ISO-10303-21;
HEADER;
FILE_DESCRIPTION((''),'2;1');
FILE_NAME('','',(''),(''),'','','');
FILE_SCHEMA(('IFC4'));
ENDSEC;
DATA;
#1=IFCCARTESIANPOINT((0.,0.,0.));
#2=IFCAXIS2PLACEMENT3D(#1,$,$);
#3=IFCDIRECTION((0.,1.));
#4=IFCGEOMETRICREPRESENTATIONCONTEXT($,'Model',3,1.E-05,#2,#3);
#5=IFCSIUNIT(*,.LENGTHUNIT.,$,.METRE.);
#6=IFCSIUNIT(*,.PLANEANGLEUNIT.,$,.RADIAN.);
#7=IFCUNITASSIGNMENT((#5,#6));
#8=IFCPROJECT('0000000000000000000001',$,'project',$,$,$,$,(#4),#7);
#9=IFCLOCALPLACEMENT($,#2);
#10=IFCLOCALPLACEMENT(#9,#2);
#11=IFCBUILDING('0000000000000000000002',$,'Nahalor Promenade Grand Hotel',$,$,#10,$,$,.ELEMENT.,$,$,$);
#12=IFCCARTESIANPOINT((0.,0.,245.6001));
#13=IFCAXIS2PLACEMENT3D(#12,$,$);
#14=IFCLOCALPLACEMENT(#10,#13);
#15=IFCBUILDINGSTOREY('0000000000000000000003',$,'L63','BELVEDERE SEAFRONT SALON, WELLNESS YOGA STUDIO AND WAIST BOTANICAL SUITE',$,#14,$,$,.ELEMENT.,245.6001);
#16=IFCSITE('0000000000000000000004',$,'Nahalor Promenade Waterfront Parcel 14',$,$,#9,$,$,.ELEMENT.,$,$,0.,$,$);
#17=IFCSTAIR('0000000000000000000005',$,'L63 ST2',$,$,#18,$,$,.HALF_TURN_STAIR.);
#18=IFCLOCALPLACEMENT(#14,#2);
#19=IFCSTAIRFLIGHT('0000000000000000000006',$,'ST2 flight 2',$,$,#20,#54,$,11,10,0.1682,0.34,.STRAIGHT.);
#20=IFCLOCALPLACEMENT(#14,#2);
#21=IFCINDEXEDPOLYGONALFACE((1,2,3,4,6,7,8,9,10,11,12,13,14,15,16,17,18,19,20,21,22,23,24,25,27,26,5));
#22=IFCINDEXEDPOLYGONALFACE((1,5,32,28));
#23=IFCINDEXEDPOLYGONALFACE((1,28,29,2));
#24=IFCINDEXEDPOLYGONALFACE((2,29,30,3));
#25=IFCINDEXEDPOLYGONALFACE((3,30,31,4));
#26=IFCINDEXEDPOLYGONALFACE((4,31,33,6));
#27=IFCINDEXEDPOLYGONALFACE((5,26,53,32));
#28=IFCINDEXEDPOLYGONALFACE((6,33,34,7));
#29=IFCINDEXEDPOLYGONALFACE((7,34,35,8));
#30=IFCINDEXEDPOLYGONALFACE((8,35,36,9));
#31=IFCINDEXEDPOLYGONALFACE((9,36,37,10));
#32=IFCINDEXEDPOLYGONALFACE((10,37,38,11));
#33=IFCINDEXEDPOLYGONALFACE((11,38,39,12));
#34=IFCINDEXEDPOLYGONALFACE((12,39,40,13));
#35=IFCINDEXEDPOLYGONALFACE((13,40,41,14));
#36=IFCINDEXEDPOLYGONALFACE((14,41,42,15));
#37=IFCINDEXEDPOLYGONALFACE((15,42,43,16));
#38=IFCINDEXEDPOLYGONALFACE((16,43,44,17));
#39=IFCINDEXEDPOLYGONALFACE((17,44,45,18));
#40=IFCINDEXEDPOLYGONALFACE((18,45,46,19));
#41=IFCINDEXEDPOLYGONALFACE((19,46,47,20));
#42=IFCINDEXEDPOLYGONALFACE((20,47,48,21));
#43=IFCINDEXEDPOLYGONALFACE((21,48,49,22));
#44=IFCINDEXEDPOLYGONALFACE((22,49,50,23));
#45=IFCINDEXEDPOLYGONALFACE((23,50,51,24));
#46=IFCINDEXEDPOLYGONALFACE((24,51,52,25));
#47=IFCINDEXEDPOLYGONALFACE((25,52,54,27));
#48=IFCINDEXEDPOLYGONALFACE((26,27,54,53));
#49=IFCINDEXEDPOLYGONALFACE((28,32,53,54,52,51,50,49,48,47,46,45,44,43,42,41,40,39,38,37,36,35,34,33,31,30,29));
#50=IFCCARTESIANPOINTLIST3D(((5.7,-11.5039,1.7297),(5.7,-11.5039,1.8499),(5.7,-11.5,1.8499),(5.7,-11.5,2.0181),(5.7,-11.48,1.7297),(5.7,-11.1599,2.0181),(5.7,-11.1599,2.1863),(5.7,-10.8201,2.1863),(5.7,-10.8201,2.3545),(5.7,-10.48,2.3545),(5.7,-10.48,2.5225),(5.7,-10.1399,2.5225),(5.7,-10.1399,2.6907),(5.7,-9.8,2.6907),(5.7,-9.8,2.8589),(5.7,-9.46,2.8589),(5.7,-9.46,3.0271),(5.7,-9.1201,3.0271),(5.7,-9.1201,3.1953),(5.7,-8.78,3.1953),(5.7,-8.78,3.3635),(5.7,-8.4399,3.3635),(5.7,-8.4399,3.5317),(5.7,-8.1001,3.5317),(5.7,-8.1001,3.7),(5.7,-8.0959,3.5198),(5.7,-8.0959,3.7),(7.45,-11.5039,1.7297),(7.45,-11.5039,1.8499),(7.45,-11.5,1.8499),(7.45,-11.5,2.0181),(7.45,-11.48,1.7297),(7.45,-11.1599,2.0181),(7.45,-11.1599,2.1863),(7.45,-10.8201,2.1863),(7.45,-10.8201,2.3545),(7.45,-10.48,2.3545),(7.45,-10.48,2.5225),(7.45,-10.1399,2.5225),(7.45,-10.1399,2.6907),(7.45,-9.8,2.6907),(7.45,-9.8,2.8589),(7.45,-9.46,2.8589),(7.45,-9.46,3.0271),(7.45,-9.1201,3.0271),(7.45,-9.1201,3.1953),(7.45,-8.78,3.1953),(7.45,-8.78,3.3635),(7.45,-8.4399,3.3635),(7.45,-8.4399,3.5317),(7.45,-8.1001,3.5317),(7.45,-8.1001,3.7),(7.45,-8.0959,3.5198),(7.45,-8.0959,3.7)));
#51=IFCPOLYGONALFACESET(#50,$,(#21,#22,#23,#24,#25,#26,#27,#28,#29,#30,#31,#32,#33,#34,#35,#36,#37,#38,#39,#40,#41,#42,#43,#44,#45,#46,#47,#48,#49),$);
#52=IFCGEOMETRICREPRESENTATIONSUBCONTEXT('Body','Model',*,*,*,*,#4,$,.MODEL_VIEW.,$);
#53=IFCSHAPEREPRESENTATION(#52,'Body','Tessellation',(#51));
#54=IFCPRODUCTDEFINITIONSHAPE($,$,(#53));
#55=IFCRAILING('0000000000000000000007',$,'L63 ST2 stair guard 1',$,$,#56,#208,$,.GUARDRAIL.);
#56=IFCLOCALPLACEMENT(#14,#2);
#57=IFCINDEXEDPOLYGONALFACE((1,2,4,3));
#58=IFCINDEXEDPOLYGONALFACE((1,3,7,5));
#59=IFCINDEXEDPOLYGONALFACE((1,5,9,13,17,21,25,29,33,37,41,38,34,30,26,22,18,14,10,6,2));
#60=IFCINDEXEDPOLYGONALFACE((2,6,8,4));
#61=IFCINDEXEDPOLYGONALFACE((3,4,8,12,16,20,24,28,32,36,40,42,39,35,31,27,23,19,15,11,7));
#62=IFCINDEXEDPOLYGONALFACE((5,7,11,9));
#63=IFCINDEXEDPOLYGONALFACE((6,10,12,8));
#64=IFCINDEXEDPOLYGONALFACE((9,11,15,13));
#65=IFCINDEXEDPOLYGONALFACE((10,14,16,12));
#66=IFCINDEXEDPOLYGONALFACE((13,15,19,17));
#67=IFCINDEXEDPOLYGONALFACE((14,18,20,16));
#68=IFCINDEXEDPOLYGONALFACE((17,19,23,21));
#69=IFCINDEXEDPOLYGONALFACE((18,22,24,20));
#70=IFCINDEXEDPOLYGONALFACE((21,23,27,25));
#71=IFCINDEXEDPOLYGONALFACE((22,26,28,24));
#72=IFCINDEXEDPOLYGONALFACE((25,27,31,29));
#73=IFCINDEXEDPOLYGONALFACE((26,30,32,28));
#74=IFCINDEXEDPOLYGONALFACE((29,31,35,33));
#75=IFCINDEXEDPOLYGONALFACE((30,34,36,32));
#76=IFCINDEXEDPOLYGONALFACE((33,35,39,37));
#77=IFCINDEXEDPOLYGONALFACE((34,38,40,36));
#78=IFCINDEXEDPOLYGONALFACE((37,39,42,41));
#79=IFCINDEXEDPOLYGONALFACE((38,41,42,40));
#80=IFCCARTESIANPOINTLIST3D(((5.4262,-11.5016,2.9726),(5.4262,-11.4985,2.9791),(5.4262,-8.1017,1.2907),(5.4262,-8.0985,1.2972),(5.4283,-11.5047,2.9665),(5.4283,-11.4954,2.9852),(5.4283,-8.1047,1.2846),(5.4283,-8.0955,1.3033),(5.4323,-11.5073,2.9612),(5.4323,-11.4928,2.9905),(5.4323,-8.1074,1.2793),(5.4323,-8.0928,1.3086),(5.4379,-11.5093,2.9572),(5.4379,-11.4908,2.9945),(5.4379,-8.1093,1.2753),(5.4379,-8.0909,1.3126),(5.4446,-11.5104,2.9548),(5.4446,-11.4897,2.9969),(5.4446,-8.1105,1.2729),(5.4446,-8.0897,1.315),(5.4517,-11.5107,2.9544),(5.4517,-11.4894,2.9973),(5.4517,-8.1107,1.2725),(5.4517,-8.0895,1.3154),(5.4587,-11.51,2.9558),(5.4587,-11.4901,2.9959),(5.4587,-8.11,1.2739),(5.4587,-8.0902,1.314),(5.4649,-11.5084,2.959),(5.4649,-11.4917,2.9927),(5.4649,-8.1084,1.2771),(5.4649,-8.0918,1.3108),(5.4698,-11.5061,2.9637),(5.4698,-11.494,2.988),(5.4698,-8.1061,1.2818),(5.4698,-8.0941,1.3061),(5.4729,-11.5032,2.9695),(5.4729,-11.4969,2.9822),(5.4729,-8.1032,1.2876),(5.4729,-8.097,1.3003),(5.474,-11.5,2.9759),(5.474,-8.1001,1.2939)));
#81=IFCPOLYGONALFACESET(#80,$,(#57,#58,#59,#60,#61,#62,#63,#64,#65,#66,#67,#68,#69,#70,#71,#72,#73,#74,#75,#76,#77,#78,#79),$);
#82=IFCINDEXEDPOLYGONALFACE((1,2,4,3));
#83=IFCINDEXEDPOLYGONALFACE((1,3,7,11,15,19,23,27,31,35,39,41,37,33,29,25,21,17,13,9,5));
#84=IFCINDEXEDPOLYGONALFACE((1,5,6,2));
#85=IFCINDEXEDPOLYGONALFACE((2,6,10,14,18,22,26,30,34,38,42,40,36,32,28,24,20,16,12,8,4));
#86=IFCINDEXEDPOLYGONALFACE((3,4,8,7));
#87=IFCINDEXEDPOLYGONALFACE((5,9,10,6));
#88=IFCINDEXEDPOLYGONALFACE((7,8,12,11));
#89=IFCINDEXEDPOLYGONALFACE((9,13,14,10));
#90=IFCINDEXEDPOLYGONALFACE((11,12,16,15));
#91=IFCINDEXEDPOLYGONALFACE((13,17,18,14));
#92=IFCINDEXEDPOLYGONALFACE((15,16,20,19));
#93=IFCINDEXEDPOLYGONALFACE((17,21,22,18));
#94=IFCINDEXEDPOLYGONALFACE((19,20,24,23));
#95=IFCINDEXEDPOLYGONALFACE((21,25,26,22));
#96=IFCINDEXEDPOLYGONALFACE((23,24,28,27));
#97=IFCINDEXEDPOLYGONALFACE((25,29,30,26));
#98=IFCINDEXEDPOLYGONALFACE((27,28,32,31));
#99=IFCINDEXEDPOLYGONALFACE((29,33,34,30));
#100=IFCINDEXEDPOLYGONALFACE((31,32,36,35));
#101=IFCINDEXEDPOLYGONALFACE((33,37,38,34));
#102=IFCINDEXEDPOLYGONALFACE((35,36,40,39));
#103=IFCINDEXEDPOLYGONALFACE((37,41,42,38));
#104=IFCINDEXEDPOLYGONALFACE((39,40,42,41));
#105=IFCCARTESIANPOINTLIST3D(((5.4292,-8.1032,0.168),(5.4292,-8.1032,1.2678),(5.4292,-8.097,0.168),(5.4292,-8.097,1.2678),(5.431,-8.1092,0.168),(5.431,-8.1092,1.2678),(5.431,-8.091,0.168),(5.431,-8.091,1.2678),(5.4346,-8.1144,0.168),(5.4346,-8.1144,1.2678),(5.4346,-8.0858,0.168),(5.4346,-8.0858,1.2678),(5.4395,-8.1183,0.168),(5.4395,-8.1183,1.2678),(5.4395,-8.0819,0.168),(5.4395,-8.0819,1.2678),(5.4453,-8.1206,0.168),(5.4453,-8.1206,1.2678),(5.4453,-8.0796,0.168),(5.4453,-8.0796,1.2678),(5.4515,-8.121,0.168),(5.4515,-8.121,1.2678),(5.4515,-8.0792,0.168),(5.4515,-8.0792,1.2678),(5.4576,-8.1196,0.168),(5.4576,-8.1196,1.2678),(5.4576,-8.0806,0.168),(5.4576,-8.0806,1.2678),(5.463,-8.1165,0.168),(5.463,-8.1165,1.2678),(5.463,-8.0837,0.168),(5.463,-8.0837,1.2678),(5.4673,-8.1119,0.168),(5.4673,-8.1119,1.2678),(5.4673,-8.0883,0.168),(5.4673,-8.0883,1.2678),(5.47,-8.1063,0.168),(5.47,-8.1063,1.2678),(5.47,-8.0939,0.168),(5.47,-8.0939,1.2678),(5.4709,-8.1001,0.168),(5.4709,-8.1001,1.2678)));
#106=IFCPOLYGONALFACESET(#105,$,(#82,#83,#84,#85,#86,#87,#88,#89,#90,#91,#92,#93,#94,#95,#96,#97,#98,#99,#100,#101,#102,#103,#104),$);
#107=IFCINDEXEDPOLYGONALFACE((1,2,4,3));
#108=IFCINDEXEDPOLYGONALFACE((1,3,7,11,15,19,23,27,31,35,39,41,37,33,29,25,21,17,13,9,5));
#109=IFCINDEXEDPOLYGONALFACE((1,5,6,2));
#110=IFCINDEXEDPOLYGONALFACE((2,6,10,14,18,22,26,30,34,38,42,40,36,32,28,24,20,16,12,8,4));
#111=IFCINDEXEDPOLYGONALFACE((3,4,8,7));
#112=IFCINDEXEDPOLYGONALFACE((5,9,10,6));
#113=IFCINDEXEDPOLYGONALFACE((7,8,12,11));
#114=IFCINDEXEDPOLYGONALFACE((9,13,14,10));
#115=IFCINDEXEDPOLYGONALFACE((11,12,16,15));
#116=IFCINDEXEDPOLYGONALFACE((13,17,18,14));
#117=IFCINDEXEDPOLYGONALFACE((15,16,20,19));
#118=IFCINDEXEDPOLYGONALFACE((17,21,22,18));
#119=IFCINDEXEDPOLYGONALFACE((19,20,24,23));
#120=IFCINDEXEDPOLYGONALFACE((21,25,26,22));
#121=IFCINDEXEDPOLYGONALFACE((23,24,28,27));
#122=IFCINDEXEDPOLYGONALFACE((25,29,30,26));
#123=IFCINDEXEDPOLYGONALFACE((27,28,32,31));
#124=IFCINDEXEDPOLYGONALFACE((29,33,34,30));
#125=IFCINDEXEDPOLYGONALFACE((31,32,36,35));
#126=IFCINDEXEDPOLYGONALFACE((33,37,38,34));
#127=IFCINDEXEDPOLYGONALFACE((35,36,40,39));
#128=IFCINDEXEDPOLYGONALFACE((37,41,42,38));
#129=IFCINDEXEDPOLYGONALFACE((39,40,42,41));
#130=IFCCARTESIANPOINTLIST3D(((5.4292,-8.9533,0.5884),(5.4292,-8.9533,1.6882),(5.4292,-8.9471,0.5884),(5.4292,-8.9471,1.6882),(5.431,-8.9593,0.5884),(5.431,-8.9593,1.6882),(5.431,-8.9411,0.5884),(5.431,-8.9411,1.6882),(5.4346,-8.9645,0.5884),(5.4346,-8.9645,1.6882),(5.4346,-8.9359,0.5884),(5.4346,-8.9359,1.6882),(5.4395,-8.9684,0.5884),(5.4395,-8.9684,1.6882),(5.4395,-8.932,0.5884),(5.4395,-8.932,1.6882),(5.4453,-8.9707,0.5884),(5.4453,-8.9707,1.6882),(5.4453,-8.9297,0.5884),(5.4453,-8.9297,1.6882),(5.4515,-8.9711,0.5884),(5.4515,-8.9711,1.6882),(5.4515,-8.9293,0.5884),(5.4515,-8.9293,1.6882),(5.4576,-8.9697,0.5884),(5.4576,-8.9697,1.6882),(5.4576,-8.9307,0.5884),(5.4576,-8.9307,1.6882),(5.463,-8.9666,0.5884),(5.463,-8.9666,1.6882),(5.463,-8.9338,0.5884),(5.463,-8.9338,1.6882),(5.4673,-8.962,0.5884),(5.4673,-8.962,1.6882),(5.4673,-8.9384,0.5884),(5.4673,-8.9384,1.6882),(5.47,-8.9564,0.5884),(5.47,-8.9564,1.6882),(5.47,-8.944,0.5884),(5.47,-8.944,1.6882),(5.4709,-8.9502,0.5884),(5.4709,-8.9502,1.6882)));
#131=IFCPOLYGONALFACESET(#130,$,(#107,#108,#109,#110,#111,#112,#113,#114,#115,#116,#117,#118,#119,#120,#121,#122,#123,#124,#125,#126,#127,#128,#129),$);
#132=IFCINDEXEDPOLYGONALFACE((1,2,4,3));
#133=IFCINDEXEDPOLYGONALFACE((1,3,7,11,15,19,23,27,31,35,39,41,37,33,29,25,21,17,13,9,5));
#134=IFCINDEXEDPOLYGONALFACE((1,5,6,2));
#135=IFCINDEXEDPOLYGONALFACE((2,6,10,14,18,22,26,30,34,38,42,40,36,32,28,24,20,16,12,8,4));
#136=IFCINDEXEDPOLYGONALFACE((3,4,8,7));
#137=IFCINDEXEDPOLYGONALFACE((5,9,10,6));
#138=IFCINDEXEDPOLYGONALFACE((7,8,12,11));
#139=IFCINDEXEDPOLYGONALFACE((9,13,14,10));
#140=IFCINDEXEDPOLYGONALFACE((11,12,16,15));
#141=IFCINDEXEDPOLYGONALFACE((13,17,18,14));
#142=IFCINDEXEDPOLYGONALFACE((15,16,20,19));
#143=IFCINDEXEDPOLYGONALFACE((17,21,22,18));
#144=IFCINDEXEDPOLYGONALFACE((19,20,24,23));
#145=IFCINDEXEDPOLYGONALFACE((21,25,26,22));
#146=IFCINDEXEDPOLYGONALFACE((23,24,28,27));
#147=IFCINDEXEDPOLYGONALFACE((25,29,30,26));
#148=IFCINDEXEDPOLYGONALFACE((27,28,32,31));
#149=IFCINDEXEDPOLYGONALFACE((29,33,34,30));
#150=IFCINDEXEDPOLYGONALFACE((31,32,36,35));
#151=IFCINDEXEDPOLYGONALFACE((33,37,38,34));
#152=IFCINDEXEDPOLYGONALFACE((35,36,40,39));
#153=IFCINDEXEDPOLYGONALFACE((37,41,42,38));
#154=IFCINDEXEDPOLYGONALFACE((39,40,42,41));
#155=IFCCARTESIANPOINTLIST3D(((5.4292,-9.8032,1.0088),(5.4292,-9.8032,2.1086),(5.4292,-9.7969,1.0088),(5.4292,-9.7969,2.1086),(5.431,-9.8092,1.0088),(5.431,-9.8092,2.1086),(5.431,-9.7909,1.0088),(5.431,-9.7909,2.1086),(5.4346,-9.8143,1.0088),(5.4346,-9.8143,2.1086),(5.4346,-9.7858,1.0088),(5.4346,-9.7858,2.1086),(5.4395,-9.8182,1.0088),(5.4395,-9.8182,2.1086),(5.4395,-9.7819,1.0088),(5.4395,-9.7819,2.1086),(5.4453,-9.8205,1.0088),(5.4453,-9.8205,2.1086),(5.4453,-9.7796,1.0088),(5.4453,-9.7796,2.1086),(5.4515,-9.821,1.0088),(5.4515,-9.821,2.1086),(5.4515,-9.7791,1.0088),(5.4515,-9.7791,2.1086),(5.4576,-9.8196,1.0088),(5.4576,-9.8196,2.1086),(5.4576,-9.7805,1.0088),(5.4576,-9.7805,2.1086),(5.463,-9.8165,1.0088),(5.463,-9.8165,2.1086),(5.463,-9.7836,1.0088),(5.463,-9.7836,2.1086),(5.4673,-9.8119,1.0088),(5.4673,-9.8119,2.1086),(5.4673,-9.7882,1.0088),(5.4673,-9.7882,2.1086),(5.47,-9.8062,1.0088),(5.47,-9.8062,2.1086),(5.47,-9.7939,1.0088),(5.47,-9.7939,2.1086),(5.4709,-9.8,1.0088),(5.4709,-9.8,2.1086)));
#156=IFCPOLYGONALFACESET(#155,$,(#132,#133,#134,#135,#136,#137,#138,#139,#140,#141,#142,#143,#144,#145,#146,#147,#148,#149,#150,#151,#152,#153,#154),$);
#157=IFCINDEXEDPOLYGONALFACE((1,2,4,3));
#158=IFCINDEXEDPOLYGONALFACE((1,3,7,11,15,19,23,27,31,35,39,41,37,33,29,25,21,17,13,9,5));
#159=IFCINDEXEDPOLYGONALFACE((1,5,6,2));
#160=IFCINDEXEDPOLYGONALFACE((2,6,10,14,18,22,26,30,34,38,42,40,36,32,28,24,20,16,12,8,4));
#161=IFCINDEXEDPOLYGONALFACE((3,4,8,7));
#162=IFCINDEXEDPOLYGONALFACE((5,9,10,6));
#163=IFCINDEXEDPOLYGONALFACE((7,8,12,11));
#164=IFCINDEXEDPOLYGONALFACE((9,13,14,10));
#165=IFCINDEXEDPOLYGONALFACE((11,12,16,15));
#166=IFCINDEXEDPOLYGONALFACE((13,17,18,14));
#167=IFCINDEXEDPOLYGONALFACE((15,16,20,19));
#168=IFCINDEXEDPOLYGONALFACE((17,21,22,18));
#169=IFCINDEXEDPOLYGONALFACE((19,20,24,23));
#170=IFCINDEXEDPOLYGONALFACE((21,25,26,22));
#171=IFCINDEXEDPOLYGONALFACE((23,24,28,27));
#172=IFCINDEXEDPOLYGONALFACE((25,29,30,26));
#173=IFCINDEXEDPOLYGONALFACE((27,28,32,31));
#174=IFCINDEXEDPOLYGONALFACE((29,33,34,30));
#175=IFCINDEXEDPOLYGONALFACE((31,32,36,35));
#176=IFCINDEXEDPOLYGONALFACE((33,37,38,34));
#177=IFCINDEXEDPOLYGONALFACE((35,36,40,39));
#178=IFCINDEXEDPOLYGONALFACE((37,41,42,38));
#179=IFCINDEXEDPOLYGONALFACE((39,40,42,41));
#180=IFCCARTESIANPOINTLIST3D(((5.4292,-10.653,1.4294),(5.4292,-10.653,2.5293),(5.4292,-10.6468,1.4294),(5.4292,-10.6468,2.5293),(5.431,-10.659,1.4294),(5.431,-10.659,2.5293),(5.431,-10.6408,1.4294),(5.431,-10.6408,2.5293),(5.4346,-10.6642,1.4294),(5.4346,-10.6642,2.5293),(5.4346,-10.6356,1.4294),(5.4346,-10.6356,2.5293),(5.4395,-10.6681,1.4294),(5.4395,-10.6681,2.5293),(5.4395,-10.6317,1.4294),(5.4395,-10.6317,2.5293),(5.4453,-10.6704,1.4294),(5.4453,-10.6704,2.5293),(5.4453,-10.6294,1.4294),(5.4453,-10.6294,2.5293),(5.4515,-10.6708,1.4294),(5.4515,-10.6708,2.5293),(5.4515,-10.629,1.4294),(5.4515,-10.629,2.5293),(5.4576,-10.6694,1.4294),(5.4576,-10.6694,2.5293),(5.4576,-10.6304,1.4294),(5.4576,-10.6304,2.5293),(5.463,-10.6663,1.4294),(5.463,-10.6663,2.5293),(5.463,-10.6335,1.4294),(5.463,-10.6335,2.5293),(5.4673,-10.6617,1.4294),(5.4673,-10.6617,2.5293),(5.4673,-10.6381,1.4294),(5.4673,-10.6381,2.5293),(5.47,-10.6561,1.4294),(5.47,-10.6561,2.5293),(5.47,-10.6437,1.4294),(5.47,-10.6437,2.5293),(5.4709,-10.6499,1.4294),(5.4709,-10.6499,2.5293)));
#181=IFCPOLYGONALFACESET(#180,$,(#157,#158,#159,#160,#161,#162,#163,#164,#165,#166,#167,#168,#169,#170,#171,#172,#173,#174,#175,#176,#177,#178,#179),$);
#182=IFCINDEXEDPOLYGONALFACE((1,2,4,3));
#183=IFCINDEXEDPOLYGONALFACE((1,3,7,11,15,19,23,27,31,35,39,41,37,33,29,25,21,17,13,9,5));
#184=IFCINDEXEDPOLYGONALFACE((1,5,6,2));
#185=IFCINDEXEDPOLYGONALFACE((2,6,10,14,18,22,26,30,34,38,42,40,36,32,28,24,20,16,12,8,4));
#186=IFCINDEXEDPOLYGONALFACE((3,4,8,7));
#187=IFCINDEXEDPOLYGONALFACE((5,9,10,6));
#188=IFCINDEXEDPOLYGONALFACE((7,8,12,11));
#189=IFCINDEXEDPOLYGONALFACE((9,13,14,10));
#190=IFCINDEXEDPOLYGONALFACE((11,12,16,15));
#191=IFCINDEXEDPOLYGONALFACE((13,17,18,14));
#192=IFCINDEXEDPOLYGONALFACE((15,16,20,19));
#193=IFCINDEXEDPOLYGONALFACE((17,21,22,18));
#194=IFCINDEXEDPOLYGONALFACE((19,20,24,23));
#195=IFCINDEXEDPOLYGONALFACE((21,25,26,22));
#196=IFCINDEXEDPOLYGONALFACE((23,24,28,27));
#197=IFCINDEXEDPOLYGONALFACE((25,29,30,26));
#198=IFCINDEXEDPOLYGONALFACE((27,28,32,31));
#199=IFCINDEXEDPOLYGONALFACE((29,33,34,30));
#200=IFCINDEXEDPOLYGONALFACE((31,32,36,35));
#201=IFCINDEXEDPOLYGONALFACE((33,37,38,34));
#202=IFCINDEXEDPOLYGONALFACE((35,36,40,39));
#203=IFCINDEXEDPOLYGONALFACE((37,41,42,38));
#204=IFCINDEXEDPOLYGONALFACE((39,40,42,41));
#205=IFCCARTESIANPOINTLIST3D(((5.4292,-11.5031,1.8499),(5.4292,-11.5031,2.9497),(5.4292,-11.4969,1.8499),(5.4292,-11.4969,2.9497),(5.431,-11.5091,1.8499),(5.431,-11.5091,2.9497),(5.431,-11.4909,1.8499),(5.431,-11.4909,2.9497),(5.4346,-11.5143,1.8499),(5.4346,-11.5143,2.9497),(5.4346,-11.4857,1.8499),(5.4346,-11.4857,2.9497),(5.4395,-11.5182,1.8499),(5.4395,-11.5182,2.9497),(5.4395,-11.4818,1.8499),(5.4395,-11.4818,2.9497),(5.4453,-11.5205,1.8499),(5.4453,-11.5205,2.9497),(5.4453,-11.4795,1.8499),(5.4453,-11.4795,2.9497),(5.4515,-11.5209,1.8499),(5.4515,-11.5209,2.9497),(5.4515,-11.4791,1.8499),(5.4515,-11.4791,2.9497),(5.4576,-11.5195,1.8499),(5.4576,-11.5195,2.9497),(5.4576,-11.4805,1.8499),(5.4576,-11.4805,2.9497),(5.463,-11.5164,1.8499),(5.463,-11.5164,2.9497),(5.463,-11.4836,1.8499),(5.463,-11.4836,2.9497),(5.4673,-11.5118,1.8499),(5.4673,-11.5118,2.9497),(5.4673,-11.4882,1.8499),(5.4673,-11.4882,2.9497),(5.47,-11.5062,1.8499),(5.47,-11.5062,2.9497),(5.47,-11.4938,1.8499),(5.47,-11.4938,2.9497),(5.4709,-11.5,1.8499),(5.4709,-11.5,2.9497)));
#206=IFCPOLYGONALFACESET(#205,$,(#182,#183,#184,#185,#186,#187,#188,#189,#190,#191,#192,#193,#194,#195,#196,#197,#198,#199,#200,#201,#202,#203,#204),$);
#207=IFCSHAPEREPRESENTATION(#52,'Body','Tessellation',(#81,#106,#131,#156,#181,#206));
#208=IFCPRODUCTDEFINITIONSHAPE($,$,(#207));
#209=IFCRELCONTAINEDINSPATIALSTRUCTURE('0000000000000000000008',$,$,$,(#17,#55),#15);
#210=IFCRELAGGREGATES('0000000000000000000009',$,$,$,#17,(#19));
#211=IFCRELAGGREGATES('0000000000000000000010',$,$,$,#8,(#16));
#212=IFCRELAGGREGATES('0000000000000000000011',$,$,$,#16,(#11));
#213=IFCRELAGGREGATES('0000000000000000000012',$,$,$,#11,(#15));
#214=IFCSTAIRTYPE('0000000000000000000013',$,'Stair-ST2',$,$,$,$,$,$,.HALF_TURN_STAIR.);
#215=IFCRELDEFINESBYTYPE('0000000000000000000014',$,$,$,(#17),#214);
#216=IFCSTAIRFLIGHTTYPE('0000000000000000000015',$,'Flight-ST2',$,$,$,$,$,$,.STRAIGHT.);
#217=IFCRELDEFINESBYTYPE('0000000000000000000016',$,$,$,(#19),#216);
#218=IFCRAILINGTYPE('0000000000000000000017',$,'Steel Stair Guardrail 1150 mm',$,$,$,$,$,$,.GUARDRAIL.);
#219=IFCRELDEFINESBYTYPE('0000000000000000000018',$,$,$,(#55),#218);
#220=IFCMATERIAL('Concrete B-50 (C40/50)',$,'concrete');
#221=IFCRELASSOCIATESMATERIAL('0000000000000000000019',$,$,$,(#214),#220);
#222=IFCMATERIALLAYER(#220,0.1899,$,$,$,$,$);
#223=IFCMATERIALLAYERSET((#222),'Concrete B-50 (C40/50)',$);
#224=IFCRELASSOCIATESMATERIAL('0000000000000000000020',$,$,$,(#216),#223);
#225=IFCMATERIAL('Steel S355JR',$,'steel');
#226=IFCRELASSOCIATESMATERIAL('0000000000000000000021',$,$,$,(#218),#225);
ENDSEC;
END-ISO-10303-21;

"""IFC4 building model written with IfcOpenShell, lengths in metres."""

from ifc_helpers import new_model, si_unit, direction, frame, origin, origin_2d, place, context, subcontext, project, spatial, polyline, circle, outline, extrude, source, transform, mapped, material, layer, layer_set, type_object, element, aggregate, save


model = new_model("IFC4")

# Units and contexts
model_context = context("Model", 3, precision=1e-05, world=origin(), true_north=direction((0.0, 1.0)))
body_context = subcontext(model_context, "Body", "Model", "MODEL_VIEW")
ifc_project = project(units=[si_unit("LENGTHUNIT", "METRE"), si_unit("PLANEANGLEUNIT", "RADIAN")], contexts=[model_context])

# Site, building, storey
site_placement = place(None, origin())
site = spatial("IfcSite", under=ifc_project, at=site_placement, Name="Nahalor Promenade Waterfront Parcel 14", CompositionType="ELEMENT", RefElevation=0.0)
building_placement = place(site_placement, origin())
building = spatial("IfcBuilding", under=site, at=building_placement, Name="Nahalor Promenade Grand Hotel", CompositionType="ELEMENT")
storey_placement = place(building_placement, frame((0.0, 0.0, 245.6001)))
storey = spatial("IfcBuildingStorey", under=building, at=storey_placement, Name="L63", Description="BELVEDERE SEAFRONT SALON, WELLNESS YOGA STUDIO AND WAIST BOTANICAL SUITE", CompositionType="ELEMENT", Elevation=245.6001)

# Shared definitions
ifc_material_1 = material(Name="Steel S355JR", Category="steel")

# Shared definitions
ifc_material_2 = material(Name="Concrete B-50 (C40/50)", Category="concrete")

# Stair, stair flight
stair_type = type_object("IfcStairType", Name="Stair-ST2", PredefinedType="HALF_TURN_STAIR", material=ifc_material_2)
stair_placement = place(storey_placement, origin())
stair = element("IfcStair", 1, at=stair_placement, inside=storey, type_object=stair_type, Name="L63 ST2", PredefinedType="HALF_TURN_STAIR")
ifc_layer_1 = layer(ifc_material_2, 0.1899)
ifc_layer_set_1 = layer_set([ifc_layer_1], Name="Concrete B-50 (C40/50)")
stair_flight_type = type_object("IfcStairFlightType", Name="Flight-ST2", PredefinedType="STRAIGHT", material=ifc_layer_set_1)
shared_shape_1 = source(origin(), body_context, "Body", "SweptSolid", [
    extrude(outline(polyline([(-0.0039, -0.1201), (-0.0039, 0.0), (0.0, 0.0), (0.0, 0.1682), (0.3401, 0.1682), (0.3401, 0.3364), (0.6799, 0.3364), (0.6799, 0.5046), (1.02, 0.5046), (1.02, 0.6726), (1.3601, 0.6726), (1.3601, 0.8408), (1.7, 0.8408), (1.7, 1.009), (2.04, 1.009), (2.04, 1.1772), (2.3799, 1.1772), (2.3799, 1.3455), (2.72, 1.3455), (2.72, 1.5137), (3.0601, 1.5137), (3.0601, 1.6819), (3.3999, 1.6819), (3.3999, 1.8501), (3.4041, 1.8501), (3.4041, 1.6699), (0.02, -0.1201), (-0.0039, -0.1201)])), frame((0.0, 0.875, 0.0), z_axis=(0.0, -1.0, 0.0), x_axis=(1.0, 0.0, 0.0)), (0.0, 0.0, 1.0), 1.75),
])
stair_flight_1_placement = place(storey_placement, frame((6.575, -11.5, 1.8499), z_axis=(0.0, 0.0, 1.0), x_axis=(0.0, 1.0, 0.0)))
stair_flight_1 = element("IfcStairFlight", 2, at=stair_flight_1_placement, type_object=stair_flight_type, Name="ST2 flight 2", NumberOfRisers=11, NumberOfTreads=10, PredefinedType="STRAIGHT", RiserHeight=0.1682, TreadLength=0.34, context=body_context, shape_type="MappedRepresentation", body=[
    mapped(shared_shape_1, transform((0.0, 0.0, 0.0), scale=1.0)),
])
aggregate(stair, [stair_flight_1])

# Railing
railing_type_1 = type_object("IfcRailingType", Name="Steel Stair Guardrail 1150 mm", PredefinedType="GUARDRAIL", material=ifc_material_1)
railing_1_placement = place(storey_placement, frame((5.45, -8.1001, 0.168)))
element("IfcRailing", 3, at=railing_1_placement, inside=storey, type_object=railing_type_1, Name="L63 ST2 stair guard 1", PredefinedType="GUARDRAIL", context=body_context, shape_type="SweptSolid", body=[
    extrude(circle(Radius=0.024, at=origin_2d()), frame((0.0, 0.0, 1.126), z_axis=(0.0, -0.896324, 0.443399), x_axis=(1.0, 0.0, 0.0)), (0.0, 0.0, 1.0), 3.7932),
    extrude(circle(Radius=0.021, at=origin_2d()), origin(), (0.0, 0.0, 1.0), 1.0999),
    extrude(circle(Radius=0.021, at=origin_2d()), frame((0.0, -0.8501, 0.4204)), (0.0, 0.0, 1.0), 1.0999),
    extrude(circle(Radius=0.021, at=origin_2d()), frame((0.0, -1.7, 0.8408)), (0.0, 0.0, 1.0), 1.0999),
    extrude(circle(Radius=0.021, at=origin_2d()), frame((0.0, -2.5498, 1.2615)), (0.0, 0.0, 1.0), 1.0999),
    extrude(circle(Radius=0.021, at=origin_2d()), frame((0.0, -3.3999, 1.6819)), (0.0, 0.0, 1.0), 1.0999),
])

save(model, "model.ifc")
